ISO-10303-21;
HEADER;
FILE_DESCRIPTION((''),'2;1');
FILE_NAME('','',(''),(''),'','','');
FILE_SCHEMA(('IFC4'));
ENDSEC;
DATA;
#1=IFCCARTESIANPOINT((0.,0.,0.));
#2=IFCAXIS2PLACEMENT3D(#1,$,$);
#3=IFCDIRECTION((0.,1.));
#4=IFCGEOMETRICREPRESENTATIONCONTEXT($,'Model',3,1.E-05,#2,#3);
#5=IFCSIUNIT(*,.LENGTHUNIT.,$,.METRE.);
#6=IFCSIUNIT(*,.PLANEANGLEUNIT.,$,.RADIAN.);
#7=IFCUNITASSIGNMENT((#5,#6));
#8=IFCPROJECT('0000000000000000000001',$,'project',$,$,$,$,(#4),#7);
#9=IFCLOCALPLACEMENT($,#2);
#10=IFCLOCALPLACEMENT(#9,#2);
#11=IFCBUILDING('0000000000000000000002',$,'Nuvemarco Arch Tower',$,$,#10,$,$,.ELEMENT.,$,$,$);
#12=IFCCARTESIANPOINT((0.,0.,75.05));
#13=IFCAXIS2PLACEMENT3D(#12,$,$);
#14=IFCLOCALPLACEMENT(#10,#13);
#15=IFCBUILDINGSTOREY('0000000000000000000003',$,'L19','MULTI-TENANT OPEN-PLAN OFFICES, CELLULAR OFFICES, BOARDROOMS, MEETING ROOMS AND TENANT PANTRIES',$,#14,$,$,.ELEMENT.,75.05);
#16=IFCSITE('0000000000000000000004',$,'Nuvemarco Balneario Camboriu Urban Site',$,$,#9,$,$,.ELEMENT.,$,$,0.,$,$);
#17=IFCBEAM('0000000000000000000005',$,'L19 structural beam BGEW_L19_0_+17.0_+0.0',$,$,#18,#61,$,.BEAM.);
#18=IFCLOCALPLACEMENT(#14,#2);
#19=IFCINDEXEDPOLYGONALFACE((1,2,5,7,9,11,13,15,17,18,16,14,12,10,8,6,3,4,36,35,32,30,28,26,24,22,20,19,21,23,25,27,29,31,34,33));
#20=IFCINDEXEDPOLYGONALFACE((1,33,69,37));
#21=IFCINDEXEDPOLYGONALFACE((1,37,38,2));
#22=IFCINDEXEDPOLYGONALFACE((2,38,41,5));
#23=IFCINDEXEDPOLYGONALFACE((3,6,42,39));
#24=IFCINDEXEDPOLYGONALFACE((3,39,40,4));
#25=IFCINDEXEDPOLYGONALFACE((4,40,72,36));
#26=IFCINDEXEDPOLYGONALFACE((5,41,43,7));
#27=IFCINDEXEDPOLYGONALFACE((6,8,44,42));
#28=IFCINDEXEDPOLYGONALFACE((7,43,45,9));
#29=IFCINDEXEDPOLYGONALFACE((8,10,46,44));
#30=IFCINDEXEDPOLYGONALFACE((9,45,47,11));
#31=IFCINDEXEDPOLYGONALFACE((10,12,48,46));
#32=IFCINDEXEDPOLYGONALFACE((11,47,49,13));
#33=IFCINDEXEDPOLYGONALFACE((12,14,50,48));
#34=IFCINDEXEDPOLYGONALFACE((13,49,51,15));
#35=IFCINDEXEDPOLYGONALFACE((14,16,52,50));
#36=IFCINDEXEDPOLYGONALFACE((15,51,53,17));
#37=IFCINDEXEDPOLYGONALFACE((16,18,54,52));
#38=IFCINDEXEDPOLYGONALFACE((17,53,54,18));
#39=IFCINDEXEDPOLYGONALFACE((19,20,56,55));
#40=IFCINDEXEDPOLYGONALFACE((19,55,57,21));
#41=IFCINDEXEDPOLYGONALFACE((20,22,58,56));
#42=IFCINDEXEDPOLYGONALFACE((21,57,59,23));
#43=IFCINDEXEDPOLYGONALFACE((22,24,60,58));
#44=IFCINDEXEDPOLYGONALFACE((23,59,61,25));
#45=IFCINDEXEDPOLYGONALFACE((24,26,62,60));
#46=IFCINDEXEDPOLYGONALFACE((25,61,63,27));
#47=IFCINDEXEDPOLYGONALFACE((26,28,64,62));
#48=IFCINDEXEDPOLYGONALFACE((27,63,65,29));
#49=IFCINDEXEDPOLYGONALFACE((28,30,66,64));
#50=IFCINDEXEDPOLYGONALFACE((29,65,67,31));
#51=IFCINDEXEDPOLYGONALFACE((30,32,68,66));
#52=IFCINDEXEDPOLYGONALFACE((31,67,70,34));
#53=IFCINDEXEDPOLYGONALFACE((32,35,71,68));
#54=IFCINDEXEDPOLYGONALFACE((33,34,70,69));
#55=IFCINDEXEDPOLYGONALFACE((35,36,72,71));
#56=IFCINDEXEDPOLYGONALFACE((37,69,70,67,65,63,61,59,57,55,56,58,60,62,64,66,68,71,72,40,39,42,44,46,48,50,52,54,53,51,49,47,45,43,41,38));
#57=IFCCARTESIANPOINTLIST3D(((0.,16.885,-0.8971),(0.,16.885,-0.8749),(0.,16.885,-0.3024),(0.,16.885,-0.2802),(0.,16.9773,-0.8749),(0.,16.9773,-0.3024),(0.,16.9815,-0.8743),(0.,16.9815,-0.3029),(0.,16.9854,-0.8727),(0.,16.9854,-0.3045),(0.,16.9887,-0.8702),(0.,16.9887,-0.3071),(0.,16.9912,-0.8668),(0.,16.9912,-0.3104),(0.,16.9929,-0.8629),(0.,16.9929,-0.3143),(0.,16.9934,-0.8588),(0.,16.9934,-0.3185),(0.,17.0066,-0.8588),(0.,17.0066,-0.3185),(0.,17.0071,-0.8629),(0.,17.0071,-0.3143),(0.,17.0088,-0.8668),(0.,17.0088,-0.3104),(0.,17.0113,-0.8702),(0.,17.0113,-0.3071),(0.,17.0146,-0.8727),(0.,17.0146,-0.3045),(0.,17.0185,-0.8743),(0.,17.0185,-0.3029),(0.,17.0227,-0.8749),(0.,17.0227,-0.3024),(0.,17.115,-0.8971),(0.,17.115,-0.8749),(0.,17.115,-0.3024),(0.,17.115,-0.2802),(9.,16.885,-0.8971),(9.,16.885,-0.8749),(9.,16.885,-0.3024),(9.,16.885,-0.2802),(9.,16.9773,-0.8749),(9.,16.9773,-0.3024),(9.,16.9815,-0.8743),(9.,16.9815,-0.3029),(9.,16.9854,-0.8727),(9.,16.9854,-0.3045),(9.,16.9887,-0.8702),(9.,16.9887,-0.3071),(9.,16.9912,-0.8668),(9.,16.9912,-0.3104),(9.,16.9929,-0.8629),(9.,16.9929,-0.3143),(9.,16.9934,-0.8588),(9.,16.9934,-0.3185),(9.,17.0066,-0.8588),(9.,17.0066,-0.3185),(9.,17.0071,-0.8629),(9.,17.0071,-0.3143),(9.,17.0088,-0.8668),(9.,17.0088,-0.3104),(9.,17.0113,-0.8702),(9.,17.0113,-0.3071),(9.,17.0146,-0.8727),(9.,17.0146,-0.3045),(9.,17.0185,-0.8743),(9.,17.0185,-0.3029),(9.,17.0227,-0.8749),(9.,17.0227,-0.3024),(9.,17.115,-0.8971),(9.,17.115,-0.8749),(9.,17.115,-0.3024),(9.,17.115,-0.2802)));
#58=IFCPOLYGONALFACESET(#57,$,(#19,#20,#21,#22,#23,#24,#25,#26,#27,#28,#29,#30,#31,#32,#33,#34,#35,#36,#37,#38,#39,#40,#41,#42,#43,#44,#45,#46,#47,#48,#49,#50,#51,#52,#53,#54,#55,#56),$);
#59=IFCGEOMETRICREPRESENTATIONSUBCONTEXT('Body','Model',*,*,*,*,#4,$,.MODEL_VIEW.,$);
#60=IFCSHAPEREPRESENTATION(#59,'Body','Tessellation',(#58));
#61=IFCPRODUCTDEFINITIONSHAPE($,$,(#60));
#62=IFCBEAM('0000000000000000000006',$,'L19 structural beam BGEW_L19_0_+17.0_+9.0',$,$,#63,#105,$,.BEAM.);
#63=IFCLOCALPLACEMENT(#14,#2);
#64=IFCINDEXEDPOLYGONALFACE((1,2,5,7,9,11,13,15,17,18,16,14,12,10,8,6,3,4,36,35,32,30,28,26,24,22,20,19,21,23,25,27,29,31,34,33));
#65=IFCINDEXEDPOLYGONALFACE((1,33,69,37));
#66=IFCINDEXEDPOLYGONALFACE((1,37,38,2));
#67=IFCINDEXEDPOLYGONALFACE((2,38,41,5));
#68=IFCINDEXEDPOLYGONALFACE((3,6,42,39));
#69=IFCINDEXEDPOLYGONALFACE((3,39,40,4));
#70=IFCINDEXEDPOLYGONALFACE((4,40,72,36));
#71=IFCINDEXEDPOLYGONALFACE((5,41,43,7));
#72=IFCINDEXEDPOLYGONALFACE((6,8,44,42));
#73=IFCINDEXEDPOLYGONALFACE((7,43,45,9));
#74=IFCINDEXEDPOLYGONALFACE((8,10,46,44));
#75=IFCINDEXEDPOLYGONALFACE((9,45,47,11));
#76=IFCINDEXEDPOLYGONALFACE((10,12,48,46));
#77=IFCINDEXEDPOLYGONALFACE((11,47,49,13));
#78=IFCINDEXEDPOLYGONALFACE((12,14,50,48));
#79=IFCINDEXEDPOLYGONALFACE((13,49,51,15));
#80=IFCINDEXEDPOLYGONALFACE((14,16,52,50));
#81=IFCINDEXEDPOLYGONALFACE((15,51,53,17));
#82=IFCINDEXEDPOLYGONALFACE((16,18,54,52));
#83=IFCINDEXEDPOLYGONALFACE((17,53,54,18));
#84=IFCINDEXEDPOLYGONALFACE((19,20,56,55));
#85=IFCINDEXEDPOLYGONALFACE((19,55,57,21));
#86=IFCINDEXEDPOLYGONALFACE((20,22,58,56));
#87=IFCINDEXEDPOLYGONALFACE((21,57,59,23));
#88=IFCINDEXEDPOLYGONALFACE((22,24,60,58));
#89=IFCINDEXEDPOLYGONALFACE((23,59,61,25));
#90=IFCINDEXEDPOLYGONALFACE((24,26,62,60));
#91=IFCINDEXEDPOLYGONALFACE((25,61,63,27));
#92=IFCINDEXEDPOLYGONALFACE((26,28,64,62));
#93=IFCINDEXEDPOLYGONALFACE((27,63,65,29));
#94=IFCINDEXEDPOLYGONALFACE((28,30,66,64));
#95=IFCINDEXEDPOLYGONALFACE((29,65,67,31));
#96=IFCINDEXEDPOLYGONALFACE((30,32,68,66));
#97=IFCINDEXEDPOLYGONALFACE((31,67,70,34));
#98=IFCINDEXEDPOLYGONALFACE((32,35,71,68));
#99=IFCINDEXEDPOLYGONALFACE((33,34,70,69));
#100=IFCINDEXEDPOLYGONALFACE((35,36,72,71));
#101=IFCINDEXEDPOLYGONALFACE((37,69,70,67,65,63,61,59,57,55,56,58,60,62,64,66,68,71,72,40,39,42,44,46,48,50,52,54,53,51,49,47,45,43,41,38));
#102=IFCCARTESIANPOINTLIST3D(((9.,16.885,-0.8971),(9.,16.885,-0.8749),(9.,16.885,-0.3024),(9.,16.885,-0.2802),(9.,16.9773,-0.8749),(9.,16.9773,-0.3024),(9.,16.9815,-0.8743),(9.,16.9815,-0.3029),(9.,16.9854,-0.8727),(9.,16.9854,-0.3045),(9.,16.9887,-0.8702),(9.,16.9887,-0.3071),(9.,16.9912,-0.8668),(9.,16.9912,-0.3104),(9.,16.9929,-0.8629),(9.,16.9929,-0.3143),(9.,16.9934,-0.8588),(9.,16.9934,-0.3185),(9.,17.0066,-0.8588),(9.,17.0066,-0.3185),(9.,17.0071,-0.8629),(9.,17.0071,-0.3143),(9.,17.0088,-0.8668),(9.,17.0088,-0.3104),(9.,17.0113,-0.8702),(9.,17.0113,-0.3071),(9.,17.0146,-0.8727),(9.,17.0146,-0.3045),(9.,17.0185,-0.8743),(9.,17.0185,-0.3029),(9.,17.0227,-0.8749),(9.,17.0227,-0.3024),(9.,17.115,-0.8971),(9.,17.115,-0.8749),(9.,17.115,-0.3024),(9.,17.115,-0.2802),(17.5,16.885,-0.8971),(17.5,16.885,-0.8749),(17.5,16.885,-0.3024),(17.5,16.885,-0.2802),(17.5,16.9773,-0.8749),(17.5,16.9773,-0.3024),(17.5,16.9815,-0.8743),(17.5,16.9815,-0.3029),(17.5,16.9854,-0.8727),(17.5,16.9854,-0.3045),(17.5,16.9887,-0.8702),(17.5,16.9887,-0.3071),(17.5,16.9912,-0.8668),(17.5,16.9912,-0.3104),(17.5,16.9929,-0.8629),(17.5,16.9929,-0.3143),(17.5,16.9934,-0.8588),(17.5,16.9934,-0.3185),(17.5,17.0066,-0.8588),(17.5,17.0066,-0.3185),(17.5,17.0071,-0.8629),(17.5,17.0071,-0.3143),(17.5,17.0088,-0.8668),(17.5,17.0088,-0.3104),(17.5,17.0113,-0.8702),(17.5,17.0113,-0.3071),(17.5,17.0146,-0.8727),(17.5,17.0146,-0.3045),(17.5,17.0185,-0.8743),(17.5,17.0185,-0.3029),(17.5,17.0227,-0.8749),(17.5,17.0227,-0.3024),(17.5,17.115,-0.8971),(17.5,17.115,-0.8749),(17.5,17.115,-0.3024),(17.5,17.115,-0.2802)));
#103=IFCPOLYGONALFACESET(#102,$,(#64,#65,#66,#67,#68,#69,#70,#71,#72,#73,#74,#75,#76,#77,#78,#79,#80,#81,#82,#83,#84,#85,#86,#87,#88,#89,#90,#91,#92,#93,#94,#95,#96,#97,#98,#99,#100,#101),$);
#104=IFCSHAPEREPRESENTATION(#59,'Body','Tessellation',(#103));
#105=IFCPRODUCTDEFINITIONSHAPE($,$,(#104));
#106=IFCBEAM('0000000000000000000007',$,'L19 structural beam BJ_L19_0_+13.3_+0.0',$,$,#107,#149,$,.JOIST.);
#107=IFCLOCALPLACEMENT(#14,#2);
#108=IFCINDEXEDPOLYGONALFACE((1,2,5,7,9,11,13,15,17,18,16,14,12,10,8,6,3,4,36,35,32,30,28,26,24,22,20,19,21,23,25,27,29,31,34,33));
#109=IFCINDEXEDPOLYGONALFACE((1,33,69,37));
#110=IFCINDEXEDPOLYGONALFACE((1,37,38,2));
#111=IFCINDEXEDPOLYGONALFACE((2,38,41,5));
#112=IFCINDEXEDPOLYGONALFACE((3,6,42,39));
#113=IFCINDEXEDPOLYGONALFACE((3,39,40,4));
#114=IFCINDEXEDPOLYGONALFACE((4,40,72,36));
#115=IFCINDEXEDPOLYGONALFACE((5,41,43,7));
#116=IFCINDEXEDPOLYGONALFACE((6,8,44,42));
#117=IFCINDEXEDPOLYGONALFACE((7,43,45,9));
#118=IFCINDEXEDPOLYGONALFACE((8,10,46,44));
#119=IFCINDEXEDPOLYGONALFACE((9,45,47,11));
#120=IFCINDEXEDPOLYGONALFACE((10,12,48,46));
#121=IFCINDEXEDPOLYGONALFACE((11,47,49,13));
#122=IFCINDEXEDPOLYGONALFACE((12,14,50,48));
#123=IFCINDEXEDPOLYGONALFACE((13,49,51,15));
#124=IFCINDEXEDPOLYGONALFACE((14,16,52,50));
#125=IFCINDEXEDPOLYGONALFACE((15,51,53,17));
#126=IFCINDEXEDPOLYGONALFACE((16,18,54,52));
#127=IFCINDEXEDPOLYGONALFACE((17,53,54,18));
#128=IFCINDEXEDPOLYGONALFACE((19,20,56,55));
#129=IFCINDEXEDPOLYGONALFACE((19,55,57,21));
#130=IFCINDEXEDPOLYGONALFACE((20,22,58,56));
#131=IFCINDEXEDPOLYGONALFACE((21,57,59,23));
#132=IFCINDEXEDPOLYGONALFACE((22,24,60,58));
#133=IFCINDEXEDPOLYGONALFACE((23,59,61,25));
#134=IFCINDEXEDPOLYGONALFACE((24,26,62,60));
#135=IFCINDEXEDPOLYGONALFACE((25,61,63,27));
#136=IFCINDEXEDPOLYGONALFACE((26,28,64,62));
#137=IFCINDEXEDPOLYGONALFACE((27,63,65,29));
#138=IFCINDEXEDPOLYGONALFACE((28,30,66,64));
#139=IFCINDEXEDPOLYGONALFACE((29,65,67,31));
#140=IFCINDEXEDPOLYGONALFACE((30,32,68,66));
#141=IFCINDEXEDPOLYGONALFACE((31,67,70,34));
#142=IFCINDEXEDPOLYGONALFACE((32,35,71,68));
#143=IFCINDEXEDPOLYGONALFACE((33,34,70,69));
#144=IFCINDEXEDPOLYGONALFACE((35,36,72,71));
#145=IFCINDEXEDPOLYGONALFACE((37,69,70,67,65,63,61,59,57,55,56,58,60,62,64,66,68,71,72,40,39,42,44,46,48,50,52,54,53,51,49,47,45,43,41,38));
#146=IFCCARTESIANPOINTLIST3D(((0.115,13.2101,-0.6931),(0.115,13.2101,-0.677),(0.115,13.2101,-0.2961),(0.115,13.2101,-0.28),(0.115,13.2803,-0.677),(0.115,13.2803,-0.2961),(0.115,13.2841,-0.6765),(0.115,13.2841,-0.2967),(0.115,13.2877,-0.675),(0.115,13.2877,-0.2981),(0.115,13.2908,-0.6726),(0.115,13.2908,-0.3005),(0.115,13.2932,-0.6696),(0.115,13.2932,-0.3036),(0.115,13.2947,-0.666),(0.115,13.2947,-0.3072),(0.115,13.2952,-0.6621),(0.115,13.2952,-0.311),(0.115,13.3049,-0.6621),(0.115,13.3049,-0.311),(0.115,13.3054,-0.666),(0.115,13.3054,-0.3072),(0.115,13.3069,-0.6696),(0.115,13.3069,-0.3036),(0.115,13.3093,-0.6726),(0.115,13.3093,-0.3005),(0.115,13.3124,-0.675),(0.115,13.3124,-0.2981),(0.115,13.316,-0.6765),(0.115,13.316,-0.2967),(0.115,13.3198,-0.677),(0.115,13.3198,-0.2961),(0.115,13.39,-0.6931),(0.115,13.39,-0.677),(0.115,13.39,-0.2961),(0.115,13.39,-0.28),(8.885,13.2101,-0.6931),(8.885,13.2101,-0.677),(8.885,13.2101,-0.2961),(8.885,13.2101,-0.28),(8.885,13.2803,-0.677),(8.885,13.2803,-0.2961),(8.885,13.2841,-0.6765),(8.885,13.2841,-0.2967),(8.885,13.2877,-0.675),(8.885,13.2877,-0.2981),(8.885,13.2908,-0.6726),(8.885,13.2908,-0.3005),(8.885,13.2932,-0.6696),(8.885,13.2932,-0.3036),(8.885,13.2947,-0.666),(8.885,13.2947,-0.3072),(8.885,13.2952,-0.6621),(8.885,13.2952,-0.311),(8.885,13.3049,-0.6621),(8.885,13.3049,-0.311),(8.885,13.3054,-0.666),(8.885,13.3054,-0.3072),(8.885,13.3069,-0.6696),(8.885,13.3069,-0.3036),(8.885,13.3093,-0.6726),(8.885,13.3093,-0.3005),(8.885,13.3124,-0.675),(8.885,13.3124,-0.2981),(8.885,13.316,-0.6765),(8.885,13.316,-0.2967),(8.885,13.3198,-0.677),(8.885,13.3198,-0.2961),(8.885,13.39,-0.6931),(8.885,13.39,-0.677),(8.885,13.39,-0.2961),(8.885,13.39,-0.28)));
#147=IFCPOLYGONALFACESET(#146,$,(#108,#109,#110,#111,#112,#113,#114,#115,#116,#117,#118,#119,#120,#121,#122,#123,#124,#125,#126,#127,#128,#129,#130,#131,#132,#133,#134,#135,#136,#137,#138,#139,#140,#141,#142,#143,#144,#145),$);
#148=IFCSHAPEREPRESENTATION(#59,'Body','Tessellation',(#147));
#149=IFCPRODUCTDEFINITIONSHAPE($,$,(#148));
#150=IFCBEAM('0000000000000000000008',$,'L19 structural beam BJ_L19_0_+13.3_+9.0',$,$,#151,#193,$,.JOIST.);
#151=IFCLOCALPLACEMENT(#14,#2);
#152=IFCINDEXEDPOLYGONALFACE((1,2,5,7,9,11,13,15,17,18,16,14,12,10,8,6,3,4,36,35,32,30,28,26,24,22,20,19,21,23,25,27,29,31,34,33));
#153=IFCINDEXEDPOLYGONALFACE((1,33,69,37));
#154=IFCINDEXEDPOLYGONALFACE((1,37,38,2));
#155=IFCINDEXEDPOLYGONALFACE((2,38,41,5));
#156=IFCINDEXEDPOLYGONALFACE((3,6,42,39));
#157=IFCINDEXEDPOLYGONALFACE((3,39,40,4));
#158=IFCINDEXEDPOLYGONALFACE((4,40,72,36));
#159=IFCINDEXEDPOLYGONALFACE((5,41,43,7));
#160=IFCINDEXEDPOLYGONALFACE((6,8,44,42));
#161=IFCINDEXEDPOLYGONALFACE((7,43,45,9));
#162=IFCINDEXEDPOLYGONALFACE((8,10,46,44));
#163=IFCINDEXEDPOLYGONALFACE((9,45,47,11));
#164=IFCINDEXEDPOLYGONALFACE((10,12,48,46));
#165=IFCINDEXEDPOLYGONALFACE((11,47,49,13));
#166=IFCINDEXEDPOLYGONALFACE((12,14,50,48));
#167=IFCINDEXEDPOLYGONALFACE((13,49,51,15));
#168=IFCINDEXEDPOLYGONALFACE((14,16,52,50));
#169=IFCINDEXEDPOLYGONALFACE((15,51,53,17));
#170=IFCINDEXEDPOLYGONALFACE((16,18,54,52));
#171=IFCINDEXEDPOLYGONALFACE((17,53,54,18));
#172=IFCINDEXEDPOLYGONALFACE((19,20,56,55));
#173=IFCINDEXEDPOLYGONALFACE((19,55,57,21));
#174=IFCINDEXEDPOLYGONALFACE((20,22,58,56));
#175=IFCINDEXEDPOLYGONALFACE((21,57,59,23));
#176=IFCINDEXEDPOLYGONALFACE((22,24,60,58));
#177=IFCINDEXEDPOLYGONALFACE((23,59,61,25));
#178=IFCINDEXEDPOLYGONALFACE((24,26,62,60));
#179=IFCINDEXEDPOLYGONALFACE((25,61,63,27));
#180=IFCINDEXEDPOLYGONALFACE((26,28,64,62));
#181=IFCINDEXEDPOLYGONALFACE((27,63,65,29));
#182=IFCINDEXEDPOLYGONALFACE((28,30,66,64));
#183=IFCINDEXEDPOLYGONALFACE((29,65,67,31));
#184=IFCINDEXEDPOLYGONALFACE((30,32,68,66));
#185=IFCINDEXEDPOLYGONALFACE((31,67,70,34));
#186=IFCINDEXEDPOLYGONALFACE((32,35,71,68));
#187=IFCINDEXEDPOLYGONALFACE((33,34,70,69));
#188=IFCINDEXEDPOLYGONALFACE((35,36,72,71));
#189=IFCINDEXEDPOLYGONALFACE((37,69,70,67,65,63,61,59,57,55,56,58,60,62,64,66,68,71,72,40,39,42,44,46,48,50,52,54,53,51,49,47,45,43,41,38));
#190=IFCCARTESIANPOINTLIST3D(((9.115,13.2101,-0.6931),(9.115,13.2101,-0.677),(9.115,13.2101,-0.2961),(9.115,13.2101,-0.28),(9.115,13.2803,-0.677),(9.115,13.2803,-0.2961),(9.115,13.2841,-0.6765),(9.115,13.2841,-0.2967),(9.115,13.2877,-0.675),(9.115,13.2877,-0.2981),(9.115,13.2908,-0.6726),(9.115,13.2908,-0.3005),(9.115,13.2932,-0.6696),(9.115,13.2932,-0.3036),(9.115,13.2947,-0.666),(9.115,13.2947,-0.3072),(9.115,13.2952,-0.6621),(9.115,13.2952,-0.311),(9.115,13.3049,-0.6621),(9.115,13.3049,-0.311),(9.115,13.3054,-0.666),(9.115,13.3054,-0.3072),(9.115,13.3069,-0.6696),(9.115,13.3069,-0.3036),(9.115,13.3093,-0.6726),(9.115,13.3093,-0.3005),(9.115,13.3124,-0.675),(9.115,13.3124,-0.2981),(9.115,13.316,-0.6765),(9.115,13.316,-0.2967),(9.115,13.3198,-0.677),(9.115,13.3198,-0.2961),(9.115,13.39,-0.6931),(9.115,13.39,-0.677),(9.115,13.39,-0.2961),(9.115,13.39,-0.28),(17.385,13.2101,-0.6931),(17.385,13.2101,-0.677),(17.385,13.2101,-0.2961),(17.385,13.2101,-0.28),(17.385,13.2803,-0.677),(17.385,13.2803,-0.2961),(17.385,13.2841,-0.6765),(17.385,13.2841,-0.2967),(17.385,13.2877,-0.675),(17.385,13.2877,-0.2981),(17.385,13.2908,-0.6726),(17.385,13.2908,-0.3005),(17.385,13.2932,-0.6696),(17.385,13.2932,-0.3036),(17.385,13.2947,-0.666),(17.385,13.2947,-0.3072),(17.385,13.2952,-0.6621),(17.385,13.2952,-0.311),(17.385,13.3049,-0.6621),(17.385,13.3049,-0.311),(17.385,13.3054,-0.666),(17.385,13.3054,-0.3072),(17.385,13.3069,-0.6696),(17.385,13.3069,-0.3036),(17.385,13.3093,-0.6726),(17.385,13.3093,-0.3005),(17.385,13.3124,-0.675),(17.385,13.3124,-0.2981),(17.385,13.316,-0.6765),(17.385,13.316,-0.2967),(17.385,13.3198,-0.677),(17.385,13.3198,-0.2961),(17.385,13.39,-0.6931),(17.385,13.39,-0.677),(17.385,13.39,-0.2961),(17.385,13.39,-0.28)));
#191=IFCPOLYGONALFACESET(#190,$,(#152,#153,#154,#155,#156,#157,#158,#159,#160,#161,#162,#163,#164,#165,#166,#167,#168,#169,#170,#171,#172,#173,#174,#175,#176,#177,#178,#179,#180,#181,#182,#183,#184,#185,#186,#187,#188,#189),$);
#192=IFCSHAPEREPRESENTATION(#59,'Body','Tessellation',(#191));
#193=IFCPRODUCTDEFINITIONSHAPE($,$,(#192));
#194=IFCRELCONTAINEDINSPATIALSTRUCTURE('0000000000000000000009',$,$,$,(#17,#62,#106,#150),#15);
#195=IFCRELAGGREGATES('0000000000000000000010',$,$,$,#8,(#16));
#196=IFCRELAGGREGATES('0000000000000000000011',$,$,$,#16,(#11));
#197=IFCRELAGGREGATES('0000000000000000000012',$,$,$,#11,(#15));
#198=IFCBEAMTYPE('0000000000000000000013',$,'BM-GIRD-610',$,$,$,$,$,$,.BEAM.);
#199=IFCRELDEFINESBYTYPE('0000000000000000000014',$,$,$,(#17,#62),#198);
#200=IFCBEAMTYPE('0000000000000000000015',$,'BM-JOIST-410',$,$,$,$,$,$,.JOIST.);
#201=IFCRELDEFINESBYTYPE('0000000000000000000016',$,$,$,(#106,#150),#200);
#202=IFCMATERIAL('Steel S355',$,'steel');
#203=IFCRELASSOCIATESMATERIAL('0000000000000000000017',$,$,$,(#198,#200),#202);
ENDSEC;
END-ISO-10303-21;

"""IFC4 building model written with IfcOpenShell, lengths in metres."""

from ifc_helpers import new_model, si_unit, direction, frame, origin, origin_2d, place, context, subcontext, project, spatial, i_section, extrude, material, material_profile, profile_set, type_object, element, save


model = new_model("IFC4")

# Units and contexts
model_context = context("Model", 3, precision=1e-05, world=origin(), true_north=direction((0.0, 1.0)))
body_context = subcontext(model_context, "Body", "Model", "MODEL_VIEW")
ifc_project = project(units=[si_unit("LENGTHUNIT", "METRE"), si_unit("PLANEANGLEUNIT", "RADIAN")], contexts=[model_context])

# Site, building, storey
site_placement = place(None, origin())
site = spatial("IfcSite", under=ifc_project, at=site_placement, Name="Nuvemarco Balneario Camboriu Urban Site", CompositionType="ELEMENT", RefElevation=0.0)
building_placement = place(site_placement, origin())
building = spatial("IfcBuilding", under=site, at=building_placement, Name="Nuvemarco Arch Tower", CompositionType="ELEMENT")
storey_placement = place(building_placement, frame((0.0, 0.0, 75.05)))
storey = spatial("IfcBuildingStorey", under=building, at=storey_placement, Name="L19", Description="MULTI-TENANT OPEN-PLAN OFFICES, CELLULAR OFFICES, BOARDROOMS, MEETING ROOMS AND TENANT PANTRIES", CompositionType="ELEMENT", Elevation=75.05)

# Shared definitions
ifc_material_1 = material(Name="Steel S355", Category="steel")

# Beams
ifc_material_profile_1 = material_profile(ifc_material_1, i_section(OverallWidth=0.23, OverallDepth=0.6169, WebThickness=0.0132, FlangeThickness=0.0222, FilletRadius=0.0161, at=origin_2d()), Name="W610x140")
ifc_profile_set_1 = profile_set([ifc_material_profile_1], Name="Steel S355")
beam_type_1 = type_object("IfcBeamType", Name="BM-GIRD-610", PredefinedType="BEAM", material=ifc_profile_set_1)
beam_1_placement = place(storey_placement, frame((0.0, 17.0, -0.5886), z_axis=(1.0, 0.0, 0.0), x_axis=(0.0, 1.0, 0.0)))
element("IfcBeam", 1, at=beam_1_placement, inside=storey, type_object=beam_type_1, Name="L19 structural beam BGEW_L19_0_+17.0_+0.0", PredefinedType="BEAM", context=body_context, shape_type="SweptSolid", body=[
    extrude(i_section(OverallWidth=0.23, OverallDepth=0.6169, WebThickness=0.0132, FlangeThickness=0.0222, FilletRadius=0.0161, at=origin_2d()), origin(), (0.0, 0.0, 1.0), 9.0),
])
beam_2_placement = place(storey_placement, frame((9.0, 17.0, -0.5886), z_axis=(1.0, 0.0, 0.0), x_axis=(0.0, 1.0, 0.0)))
element("IfcBeam", 2, at=beam_2_placement, inside=storey, type_object=beam_type_1, Name="L19 structural beam BGEW_L19_0_+17.0_+9.0", PredefinedType="BEAM", context=body_context, shape_type="SweptSolid", body=[
    extrude(i_section(OverallWidth=0.23, OverallDepth=0.6169, WebThickness=0.0132, FlangeThickness=0.0222, FilletRadius=0.0161, at=origin_2d()), origin(), (0.0, 0.0, 1.0), 8.5),
])
ifc_material_profile_2 = material_profile(ifc_material_1, i_section(OverallWidth=0.1799, OverallDepth=0.4131, WebThickness=0.0098, FlangeThickness=0.0161, FilletRadius=0.0149, at=origin_2d()), Name="W410x75")
ifc_profile_set_2 = profile_set([ifc_material_profile_2], Name="Steel S355")
beam_type_2 = type_object("IfcBeamType", Name="BM-JOIST-410", PredefinedType="JOIST", material=ifc_profile_set_2)
beam_3_placement = place(storey_placement, frame((0.115, 13.3, -0.4866), z_axis=(1.0, 0.0, 0.0), x_axis=(0.0, 1.0, 0.0)))
element("IfcBeam", 3, at=beam_3_placement, inside=storey, type_object=beam_type_2, Name="L19 structural beam BJ_L19_0_+13.3_+0.0", PredefinedType="JOIST", context=body_context, shape_type="SweptSolid", body=[
    extrude(i_section(OverallWidth=0.1799, OverallDepth=0.4131, WebThickness=0.0098, FlangeThickness=0.0161, FilletRadius=0.0149, at=origin_2d()), origin(), (0.0, 0.0, 1.0), 8.77),
])
beam_4_placement = place(storey_placement, frame((9.115, 13.3, -0.4866), z_axis=(1.0, 0.0, 0.0), x_axis=(0.0, 1.0, 0.0)))
element("IfcBeam", 4, at=beam_4_placement, inside=storey, type_object=beam_type_2, Name="L19 structural beam BJ_L19_0_+13.3_+9.0", PredefinedType="JOIST", context=body_context, shape_type="SweptSolid", body=[
    extrude(i_section(OverallWidth=0.1799, OverallDepth=0.4131, WebThickness=0.0098, FlangeThickness=0.0161, FilletRadius=0.0149, at=origin_2d()), origin(), (0.0, 0.0, 1.0), 8.27),
])

save(model, "model.ifc")
